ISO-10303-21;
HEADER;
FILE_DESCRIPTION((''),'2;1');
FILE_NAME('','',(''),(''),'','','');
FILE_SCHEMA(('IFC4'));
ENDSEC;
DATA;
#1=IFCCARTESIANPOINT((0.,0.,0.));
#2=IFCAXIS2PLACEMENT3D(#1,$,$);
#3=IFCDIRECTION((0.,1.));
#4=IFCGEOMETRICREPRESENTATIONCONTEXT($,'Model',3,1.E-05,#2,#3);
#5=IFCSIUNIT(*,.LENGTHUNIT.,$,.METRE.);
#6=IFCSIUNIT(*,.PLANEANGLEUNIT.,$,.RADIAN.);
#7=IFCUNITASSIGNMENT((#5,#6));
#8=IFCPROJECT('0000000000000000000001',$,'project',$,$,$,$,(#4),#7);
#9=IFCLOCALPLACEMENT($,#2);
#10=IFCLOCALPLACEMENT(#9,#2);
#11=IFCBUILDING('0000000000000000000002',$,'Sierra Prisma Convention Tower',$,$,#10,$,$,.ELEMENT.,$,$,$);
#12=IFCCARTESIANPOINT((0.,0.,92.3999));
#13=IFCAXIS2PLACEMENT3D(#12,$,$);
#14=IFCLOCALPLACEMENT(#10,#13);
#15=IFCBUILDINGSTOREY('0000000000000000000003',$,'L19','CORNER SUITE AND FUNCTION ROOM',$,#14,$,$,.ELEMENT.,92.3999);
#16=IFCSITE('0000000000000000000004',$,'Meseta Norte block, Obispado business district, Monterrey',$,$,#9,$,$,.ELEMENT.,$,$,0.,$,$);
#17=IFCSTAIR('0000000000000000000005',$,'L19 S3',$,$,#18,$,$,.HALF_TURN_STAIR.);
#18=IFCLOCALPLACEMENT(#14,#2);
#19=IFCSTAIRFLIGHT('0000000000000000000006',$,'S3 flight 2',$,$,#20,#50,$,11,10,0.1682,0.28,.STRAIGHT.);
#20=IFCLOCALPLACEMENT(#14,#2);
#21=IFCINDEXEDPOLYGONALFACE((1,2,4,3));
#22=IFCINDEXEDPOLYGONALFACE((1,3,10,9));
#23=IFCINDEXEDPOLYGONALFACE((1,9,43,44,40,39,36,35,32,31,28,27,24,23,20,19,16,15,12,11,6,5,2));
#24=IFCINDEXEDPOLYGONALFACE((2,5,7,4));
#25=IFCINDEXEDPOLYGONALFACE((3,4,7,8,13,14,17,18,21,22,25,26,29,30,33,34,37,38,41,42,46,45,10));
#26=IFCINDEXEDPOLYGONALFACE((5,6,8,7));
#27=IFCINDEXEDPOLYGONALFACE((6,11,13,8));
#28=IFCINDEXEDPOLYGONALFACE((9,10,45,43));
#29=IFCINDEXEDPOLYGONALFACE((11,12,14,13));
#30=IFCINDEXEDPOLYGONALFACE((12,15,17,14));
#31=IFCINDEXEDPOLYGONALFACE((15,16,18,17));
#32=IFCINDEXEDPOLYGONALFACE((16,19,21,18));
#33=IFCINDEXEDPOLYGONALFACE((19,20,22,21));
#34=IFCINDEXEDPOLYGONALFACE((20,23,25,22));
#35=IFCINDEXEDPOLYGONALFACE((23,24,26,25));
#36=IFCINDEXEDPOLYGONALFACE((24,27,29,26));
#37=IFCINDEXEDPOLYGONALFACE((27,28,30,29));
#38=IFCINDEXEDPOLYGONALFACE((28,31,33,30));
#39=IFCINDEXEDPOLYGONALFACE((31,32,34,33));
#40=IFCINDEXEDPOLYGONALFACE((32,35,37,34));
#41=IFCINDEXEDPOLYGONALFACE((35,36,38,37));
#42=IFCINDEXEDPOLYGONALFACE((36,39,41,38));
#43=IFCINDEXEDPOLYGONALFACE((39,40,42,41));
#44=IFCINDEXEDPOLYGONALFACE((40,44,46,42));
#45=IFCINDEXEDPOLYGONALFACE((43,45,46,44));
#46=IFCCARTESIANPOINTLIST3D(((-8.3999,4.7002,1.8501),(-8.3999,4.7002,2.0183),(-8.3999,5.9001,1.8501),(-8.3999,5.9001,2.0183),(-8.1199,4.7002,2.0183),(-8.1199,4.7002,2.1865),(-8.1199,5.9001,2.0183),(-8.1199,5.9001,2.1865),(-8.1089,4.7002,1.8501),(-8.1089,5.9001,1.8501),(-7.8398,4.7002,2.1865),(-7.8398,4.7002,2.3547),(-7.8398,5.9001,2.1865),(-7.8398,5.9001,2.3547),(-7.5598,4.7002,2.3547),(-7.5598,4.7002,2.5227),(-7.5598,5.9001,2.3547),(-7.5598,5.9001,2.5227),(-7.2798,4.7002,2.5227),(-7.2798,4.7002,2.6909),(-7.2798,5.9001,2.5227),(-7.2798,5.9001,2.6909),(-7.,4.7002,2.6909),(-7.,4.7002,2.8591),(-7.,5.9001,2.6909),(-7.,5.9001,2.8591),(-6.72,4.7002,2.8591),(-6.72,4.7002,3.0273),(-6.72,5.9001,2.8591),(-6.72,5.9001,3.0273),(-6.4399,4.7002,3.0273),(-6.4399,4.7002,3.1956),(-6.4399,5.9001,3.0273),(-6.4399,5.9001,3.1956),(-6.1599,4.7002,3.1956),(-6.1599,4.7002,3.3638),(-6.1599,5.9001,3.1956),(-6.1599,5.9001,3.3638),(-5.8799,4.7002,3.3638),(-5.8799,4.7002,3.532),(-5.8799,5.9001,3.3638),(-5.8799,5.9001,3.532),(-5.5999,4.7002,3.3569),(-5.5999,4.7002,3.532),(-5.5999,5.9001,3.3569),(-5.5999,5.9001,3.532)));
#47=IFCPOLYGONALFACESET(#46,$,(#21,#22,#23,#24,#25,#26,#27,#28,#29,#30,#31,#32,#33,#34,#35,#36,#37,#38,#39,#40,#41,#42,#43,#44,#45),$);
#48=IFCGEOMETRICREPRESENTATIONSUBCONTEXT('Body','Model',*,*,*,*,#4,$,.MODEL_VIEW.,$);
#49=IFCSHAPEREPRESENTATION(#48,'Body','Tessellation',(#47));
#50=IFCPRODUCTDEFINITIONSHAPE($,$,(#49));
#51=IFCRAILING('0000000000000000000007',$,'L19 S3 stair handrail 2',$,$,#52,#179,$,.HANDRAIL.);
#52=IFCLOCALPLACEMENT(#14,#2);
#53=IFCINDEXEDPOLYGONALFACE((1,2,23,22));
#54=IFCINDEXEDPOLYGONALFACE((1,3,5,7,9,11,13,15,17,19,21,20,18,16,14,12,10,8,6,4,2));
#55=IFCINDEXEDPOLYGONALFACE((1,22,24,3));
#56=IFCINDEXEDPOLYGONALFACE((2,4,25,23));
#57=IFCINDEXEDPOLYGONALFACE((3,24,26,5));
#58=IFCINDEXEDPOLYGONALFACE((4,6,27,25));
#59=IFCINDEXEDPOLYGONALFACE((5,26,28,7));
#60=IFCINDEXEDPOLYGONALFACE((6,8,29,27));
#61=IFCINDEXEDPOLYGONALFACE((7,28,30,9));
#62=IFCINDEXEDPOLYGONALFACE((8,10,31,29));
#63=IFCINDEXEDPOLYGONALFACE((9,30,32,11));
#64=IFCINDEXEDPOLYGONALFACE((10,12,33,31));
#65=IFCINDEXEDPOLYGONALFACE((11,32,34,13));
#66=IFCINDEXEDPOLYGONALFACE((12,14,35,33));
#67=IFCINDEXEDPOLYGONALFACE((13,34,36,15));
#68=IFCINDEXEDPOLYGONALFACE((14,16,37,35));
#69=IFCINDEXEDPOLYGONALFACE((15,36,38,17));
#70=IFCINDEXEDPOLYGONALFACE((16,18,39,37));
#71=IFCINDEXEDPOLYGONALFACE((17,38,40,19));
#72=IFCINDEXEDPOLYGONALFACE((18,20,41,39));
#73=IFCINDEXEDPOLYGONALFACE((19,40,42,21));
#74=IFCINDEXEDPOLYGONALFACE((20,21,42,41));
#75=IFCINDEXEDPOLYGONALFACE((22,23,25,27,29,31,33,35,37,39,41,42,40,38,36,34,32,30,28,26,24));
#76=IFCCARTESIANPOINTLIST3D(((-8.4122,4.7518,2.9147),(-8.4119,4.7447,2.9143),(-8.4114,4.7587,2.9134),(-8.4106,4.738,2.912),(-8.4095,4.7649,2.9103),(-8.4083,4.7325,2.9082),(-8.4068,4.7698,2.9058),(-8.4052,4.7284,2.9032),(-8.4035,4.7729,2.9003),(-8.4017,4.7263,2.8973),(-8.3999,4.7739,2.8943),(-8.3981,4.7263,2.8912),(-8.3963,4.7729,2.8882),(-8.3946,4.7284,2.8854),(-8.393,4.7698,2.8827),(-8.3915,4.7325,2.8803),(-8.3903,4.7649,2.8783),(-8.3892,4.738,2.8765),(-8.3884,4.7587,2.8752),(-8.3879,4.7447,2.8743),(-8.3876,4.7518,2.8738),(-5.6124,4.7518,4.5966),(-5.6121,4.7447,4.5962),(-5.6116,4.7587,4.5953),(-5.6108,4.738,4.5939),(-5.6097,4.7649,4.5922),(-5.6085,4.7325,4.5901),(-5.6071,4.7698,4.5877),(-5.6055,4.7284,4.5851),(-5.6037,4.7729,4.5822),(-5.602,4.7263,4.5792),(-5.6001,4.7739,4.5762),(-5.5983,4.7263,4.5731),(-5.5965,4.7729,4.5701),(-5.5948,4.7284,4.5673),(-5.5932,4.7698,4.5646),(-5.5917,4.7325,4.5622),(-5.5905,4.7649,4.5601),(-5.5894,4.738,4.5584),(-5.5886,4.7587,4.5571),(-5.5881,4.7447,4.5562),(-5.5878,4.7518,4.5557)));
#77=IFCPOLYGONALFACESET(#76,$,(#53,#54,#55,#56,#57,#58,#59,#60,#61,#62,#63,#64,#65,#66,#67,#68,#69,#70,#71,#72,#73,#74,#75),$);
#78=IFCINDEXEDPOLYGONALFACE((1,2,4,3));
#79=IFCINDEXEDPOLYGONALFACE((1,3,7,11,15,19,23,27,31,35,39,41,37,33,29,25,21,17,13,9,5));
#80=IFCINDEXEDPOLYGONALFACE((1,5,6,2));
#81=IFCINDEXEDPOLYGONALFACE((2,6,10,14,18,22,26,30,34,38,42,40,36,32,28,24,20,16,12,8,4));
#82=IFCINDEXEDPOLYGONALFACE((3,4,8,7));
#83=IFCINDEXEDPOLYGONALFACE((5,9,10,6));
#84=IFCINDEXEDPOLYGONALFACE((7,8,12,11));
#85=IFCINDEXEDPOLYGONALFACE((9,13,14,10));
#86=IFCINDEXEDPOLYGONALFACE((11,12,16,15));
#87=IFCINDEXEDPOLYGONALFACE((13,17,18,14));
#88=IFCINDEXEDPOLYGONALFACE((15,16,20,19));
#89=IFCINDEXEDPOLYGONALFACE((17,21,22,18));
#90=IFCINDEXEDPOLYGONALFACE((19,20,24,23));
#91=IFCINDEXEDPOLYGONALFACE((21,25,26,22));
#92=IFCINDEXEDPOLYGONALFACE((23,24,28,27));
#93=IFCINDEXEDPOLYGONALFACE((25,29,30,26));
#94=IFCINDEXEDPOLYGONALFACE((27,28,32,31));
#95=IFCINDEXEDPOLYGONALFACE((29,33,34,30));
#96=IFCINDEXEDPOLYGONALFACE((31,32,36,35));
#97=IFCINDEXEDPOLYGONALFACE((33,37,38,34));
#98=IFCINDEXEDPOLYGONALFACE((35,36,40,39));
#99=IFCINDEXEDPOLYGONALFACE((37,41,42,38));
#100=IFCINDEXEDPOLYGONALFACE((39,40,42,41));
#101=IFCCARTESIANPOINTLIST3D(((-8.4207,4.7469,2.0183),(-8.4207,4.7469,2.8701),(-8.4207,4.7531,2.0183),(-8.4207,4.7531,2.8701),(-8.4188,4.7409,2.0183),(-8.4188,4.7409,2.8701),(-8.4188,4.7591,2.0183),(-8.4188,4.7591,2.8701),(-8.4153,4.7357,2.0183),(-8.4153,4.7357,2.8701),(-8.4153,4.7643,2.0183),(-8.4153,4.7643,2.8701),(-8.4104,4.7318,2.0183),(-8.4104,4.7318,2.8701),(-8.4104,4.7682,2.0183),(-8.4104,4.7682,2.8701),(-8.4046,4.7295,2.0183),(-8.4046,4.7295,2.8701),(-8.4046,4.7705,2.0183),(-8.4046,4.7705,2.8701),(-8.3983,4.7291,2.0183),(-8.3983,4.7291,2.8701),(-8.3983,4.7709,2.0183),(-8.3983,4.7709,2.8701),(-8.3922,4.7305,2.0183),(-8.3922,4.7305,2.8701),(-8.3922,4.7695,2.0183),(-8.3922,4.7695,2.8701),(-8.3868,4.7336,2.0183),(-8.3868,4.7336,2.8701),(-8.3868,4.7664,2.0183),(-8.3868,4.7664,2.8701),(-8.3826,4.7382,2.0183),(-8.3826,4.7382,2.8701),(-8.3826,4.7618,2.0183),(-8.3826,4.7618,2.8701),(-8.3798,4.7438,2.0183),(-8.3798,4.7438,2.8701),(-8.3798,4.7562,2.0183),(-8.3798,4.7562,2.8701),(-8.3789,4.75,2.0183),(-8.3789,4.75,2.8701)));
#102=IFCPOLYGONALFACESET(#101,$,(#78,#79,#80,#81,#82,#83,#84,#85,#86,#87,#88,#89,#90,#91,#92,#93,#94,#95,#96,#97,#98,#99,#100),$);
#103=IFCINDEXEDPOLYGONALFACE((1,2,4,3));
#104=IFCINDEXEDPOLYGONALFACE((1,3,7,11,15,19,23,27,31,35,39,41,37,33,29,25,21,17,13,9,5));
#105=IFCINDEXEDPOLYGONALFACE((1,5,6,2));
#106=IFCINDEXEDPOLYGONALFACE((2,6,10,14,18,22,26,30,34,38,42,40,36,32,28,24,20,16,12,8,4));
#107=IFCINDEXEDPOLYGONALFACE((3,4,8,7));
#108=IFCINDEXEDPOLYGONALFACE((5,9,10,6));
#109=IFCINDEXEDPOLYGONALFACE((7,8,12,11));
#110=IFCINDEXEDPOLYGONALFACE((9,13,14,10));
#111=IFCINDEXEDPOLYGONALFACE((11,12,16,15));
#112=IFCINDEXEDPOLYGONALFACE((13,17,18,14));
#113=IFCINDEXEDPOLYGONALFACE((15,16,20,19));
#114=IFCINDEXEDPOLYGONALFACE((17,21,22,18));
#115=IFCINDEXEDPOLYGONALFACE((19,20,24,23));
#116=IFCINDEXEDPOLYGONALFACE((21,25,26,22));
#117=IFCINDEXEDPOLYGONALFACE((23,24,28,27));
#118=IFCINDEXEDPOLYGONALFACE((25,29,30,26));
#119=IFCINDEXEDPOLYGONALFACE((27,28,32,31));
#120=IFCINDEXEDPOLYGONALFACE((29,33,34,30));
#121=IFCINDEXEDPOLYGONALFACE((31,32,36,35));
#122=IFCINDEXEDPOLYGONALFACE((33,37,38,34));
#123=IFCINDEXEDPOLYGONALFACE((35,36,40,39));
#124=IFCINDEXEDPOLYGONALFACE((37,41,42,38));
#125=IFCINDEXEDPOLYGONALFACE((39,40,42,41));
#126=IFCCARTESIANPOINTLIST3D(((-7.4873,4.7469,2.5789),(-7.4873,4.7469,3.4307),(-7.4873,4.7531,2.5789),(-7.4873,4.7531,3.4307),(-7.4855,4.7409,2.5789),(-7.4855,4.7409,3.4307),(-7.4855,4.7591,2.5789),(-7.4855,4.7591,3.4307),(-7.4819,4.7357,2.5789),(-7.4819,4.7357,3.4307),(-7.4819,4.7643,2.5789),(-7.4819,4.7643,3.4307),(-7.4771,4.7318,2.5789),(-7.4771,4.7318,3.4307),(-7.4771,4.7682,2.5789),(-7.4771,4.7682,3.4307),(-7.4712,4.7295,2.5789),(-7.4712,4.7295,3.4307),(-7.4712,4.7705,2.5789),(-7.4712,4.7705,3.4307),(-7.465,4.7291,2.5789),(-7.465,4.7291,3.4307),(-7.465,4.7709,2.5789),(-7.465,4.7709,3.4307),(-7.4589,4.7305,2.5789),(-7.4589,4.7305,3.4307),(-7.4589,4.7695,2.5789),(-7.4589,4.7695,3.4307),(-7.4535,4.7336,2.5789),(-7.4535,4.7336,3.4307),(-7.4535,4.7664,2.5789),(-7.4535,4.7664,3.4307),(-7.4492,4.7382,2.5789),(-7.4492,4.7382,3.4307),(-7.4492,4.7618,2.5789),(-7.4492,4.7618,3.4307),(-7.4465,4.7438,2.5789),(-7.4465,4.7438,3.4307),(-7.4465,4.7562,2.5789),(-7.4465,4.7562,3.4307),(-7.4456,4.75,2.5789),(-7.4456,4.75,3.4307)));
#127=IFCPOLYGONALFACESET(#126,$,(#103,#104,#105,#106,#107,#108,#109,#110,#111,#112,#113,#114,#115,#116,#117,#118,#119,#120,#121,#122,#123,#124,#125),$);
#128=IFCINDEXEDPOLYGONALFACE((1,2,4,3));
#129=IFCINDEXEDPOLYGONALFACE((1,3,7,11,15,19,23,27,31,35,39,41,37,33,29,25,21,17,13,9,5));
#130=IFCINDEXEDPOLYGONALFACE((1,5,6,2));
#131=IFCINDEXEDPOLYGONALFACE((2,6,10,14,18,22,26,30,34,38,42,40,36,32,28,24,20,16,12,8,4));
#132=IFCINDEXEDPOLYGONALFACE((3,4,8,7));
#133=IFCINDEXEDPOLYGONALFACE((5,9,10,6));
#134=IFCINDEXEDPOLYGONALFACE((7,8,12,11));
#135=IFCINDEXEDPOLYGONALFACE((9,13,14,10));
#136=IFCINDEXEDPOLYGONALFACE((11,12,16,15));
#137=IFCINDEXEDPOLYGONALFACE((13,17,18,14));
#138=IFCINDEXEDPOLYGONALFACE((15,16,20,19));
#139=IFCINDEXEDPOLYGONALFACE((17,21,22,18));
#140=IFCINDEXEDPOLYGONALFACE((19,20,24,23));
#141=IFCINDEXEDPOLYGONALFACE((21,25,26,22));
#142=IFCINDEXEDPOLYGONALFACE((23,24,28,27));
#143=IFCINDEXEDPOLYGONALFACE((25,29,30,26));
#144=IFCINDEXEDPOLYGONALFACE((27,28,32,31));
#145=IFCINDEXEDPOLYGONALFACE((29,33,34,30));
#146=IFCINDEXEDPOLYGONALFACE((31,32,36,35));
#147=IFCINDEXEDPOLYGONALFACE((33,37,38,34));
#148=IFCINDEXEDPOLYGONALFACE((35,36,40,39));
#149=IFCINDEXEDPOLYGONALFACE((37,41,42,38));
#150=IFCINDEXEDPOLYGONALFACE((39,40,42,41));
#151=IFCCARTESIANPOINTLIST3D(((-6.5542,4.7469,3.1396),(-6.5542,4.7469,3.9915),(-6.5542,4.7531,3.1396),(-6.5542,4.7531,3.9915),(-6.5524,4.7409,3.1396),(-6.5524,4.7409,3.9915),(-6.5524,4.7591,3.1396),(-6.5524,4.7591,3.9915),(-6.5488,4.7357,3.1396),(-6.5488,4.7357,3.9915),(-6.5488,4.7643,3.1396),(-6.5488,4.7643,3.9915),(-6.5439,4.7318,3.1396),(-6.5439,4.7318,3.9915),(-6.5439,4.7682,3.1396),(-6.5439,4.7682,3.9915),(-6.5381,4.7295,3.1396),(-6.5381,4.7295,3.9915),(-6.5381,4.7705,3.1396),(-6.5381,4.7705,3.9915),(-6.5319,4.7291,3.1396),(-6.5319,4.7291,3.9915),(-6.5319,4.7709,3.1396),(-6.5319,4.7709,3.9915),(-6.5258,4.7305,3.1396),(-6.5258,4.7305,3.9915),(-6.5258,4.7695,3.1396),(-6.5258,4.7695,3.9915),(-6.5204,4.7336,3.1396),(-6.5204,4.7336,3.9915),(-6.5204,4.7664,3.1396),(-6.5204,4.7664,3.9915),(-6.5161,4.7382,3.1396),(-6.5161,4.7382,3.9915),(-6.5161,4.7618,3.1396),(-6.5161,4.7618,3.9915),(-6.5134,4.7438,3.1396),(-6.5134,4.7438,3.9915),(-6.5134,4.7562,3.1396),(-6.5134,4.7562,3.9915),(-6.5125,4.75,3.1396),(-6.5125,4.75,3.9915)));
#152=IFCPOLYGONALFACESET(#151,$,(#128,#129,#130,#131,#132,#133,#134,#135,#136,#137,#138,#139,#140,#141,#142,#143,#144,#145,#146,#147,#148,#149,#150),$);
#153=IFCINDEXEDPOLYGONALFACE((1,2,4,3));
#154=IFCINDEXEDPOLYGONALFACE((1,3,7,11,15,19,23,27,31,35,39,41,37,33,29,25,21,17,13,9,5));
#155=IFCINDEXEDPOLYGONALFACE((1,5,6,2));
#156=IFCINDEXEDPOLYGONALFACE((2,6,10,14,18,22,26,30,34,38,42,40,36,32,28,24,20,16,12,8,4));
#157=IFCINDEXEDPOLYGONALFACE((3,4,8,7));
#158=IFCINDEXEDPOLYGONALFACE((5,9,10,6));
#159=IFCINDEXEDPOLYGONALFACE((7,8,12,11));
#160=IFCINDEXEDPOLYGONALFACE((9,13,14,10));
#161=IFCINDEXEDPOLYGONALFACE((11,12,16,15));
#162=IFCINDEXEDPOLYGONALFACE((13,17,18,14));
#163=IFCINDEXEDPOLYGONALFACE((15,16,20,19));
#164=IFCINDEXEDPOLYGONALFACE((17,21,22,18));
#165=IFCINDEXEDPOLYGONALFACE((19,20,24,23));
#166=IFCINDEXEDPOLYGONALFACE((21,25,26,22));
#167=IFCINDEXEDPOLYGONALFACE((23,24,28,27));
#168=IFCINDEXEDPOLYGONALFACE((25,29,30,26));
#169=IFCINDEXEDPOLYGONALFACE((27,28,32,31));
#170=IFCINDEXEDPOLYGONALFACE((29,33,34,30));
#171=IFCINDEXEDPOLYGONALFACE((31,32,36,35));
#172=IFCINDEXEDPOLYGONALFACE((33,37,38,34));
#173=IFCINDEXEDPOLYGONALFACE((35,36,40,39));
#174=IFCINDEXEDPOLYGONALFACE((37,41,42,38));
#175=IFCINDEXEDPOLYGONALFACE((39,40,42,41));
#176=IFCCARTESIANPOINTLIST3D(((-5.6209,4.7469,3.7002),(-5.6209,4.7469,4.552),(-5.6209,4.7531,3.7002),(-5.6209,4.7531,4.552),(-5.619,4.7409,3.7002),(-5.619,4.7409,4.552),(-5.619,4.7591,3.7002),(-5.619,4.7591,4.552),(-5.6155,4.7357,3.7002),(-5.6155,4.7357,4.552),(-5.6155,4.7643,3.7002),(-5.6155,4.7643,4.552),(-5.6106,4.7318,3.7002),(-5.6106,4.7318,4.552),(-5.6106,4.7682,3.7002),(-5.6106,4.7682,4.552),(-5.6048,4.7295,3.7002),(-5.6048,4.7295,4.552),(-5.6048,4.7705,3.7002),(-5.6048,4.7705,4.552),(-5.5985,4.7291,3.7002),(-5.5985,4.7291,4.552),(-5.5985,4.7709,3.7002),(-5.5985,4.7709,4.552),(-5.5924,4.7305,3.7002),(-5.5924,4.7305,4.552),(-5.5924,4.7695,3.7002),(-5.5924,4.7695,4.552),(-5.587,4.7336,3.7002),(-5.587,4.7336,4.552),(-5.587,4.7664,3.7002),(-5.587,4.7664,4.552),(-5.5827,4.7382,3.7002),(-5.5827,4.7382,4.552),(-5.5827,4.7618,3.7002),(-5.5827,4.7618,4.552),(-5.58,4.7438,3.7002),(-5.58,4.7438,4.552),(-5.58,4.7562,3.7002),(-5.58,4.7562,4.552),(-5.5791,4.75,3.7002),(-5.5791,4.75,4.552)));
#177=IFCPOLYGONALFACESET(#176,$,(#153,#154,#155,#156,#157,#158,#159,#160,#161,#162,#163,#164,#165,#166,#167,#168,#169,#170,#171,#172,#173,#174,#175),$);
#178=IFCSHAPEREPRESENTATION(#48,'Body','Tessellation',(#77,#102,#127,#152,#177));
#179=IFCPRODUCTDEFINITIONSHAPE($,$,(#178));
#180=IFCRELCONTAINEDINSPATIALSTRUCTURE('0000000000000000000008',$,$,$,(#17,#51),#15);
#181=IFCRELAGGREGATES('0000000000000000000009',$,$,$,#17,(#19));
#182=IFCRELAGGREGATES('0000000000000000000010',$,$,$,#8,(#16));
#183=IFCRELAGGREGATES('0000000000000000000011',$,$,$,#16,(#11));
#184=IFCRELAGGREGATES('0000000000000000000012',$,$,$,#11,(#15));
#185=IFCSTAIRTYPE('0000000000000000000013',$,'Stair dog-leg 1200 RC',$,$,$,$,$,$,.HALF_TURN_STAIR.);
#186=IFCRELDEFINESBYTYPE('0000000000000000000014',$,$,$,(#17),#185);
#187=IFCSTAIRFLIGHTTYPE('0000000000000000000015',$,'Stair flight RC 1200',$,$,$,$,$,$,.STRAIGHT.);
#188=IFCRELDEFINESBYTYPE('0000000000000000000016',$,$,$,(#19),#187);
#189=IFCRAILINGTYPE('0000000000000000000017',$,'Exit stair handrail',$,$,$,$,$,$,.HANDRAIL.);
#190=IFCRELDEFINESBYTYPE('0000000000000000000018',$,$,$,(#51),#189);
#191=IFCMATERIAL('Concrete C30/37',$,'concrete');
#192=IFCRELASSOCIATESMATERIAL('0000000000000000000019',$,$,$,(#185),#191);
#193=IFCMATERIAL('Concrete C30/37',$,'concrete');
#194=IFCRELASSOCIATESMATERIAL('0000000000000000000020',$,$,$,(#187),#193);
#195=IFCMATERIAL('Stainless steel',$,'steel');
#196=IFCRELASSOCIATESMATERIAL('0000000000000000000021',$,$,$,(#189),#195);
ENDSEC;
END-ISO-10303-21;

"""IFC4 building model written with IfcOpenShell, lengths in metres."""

from ifc_helpers import new_model, si_unit, direction, frame, origin, origin_2d, place, context, subcontext, project, spatial, polyline, circle, outline, extrude, material, type_object, element, aggregate, save


model = new_model("IFC4")

# Units and contexts
model_context = context("Model", 3, precision=1e-05, world=origin(), true_north=direction((0.0, 1.0)))
body_context = subcontext(model_context, "Body", "Model", "MODEL_VIEW")
ifc_project = project(units=[si_unit("LENGTHUNIT", "METRE"), si_unit("PLANEANGLEUNIT", "RADIAN")], contexts=[model_context])

# Site, building, storey
site_placement = place(None, origin())
site = spatial("IfcSite", under=ifc_project, at=site_placement, Name="Meseta Norte block, Obispado business district, Monterrey", CompositionType="ELEMENT", RefElevation=0.0)
building_placement = place(site_placement, origin())
building = spatial("IfcBuilding", under=site, at=building_placement, Name="Sierra Prisma Convention Tower", CompositionType="ELEMENT")
storey_placement = place(building_placement, frame((0.0, 0.0, 92.3999)))
storey = spatial("IfcBuildingStorey", under=building, at=storey_placement, Name="L19", Description="CORNER SUITE AND FUNCTION ROOM", CompositionType="ELEMENT", Elevation=92.3999)

# Stair, stair flight
ifc_material_1 = material(Name="Concrete C30/37", Category="concrete")
stair_type = type_object("IfcStairType", Name="Stair dog-leg 1200 RC", PredefinedType="HALF_TURN_STAIR", material=ifc_material_1)
stair_placement = place(storey_placement, origin())
stair = element("IfcStair", 1, at=stair_placement, inside=storey, type_object=stair_type, Name="L19 S3", PredefinedType="HALF_TURN_STAIR")
ifc_material_2 = material(Name="Concrete C30/37", Category="concrete")
stair_flight_type = type_object("IfcStairFlightType", Name="Stair flight RC 1200", PredefinedType="STRAIGHT", material=ifc_material_2)
stair_flight_placement = place(storey_placement, frame((-8.3999, 5.3, 1.8501), z_axis=(0.0, 0.0, 1.0), x_axis=(1.0, 0.0, 0.0)))
stair_flight = element("IfcStairFlight", 2, at=stair_flight_placement, type_object=stair_flight_type, Name="S3 flight 2", NumberOfRisers=11, NumberOfTreads=10, PredefinedType="STRAIGHT", RiserHeight=0.1682, TreadLength=0.28, context=body_context, shape_type="SweptSolid", body=[
    extrude(outline(polyline([(0.0, 0.0), (0.0, 0.1682), (0.28, 0.1682), (0.28, 0.3364), (0.5601, 0.3364), (0.5601, 0.5046), (0.8401, 0.5046), (0.8401, 0.6726), (1.1201, 0.6726), (1.1201, 0.8408), (1.3999, 0.8408), (1.3999, 1.009), (1.6799, 1.009), (1.6799, 1.1772), (1.96, 1.1772), (1.96, 1.3455), (2.24, 1.3455), (2.24, 1.5137), (2.52, 1.5137), (2.52, 1.6819), (2.8, 1.6819), (2.8, 1.8501), (2.8, 1.5068), (0.291, 0.0), (0.0, 0.0)])), frame((0.0, 0.6001, 0.0), z_axis=(0.0, -1.0, 0.0), x_axis=(1.0, 0.0, 0.0)), (0.0, 0.0, 1.0), 1.2),
])
aggregate(stair, [stair_flight])

# Railing
ifc_material_3 = material(Name="Stainless steel", Category="steel")
railing_type_1 = type_object("IfcRailingType", Name="Exit stair handrail", PredefinedType="HANDRAIL", material=ifc_material_3)
railing_1_placement = place(storey_placement, frame((-8.3999, 4.75, 2.0183)))
element("IfcRailing", 3, at=railing_1_placement, inside=storey, type_object=railing_type_1, Name="L19 S3 stair handrail 2", PredefinedType="HANDRAIL", context=body_context, shape_type="SweptSolid", body=[
    extrude(circle(Radius=0.0239, at=origin_2d()), frame((0.0, 0.0, 0.876), z_axis=(0.857222, 0.0, 0.514946), x_axis=(0.0, 1.0, 0.0)), (0.0, 0.0, 1.0), 3.2661),
    extrude(circle(Radius=0.021, at=origin_2d()), origin(), (0.0, 0.0, 1.0), 0.8518),
    extrude(circle(Radius=0.021, at=origin_2d()), frame((0.9333, 0.0, 0.5605)), (0.0, 0.0, 1.0), 0.8518),
    extrude(circle(Radius=0.021, at=origin_2d()), frame((1.8665, 0.0, 1.1213)), (0.0, 0.0, 1.0), 0.8518),
    extrude(circle(Radius=0.021, at=origin_2d()), frame((2.7998, 0.0, 1.6819)), (0.0, 0.0, 1.0), 0.8518),
])

save(model, "model.ifc")
